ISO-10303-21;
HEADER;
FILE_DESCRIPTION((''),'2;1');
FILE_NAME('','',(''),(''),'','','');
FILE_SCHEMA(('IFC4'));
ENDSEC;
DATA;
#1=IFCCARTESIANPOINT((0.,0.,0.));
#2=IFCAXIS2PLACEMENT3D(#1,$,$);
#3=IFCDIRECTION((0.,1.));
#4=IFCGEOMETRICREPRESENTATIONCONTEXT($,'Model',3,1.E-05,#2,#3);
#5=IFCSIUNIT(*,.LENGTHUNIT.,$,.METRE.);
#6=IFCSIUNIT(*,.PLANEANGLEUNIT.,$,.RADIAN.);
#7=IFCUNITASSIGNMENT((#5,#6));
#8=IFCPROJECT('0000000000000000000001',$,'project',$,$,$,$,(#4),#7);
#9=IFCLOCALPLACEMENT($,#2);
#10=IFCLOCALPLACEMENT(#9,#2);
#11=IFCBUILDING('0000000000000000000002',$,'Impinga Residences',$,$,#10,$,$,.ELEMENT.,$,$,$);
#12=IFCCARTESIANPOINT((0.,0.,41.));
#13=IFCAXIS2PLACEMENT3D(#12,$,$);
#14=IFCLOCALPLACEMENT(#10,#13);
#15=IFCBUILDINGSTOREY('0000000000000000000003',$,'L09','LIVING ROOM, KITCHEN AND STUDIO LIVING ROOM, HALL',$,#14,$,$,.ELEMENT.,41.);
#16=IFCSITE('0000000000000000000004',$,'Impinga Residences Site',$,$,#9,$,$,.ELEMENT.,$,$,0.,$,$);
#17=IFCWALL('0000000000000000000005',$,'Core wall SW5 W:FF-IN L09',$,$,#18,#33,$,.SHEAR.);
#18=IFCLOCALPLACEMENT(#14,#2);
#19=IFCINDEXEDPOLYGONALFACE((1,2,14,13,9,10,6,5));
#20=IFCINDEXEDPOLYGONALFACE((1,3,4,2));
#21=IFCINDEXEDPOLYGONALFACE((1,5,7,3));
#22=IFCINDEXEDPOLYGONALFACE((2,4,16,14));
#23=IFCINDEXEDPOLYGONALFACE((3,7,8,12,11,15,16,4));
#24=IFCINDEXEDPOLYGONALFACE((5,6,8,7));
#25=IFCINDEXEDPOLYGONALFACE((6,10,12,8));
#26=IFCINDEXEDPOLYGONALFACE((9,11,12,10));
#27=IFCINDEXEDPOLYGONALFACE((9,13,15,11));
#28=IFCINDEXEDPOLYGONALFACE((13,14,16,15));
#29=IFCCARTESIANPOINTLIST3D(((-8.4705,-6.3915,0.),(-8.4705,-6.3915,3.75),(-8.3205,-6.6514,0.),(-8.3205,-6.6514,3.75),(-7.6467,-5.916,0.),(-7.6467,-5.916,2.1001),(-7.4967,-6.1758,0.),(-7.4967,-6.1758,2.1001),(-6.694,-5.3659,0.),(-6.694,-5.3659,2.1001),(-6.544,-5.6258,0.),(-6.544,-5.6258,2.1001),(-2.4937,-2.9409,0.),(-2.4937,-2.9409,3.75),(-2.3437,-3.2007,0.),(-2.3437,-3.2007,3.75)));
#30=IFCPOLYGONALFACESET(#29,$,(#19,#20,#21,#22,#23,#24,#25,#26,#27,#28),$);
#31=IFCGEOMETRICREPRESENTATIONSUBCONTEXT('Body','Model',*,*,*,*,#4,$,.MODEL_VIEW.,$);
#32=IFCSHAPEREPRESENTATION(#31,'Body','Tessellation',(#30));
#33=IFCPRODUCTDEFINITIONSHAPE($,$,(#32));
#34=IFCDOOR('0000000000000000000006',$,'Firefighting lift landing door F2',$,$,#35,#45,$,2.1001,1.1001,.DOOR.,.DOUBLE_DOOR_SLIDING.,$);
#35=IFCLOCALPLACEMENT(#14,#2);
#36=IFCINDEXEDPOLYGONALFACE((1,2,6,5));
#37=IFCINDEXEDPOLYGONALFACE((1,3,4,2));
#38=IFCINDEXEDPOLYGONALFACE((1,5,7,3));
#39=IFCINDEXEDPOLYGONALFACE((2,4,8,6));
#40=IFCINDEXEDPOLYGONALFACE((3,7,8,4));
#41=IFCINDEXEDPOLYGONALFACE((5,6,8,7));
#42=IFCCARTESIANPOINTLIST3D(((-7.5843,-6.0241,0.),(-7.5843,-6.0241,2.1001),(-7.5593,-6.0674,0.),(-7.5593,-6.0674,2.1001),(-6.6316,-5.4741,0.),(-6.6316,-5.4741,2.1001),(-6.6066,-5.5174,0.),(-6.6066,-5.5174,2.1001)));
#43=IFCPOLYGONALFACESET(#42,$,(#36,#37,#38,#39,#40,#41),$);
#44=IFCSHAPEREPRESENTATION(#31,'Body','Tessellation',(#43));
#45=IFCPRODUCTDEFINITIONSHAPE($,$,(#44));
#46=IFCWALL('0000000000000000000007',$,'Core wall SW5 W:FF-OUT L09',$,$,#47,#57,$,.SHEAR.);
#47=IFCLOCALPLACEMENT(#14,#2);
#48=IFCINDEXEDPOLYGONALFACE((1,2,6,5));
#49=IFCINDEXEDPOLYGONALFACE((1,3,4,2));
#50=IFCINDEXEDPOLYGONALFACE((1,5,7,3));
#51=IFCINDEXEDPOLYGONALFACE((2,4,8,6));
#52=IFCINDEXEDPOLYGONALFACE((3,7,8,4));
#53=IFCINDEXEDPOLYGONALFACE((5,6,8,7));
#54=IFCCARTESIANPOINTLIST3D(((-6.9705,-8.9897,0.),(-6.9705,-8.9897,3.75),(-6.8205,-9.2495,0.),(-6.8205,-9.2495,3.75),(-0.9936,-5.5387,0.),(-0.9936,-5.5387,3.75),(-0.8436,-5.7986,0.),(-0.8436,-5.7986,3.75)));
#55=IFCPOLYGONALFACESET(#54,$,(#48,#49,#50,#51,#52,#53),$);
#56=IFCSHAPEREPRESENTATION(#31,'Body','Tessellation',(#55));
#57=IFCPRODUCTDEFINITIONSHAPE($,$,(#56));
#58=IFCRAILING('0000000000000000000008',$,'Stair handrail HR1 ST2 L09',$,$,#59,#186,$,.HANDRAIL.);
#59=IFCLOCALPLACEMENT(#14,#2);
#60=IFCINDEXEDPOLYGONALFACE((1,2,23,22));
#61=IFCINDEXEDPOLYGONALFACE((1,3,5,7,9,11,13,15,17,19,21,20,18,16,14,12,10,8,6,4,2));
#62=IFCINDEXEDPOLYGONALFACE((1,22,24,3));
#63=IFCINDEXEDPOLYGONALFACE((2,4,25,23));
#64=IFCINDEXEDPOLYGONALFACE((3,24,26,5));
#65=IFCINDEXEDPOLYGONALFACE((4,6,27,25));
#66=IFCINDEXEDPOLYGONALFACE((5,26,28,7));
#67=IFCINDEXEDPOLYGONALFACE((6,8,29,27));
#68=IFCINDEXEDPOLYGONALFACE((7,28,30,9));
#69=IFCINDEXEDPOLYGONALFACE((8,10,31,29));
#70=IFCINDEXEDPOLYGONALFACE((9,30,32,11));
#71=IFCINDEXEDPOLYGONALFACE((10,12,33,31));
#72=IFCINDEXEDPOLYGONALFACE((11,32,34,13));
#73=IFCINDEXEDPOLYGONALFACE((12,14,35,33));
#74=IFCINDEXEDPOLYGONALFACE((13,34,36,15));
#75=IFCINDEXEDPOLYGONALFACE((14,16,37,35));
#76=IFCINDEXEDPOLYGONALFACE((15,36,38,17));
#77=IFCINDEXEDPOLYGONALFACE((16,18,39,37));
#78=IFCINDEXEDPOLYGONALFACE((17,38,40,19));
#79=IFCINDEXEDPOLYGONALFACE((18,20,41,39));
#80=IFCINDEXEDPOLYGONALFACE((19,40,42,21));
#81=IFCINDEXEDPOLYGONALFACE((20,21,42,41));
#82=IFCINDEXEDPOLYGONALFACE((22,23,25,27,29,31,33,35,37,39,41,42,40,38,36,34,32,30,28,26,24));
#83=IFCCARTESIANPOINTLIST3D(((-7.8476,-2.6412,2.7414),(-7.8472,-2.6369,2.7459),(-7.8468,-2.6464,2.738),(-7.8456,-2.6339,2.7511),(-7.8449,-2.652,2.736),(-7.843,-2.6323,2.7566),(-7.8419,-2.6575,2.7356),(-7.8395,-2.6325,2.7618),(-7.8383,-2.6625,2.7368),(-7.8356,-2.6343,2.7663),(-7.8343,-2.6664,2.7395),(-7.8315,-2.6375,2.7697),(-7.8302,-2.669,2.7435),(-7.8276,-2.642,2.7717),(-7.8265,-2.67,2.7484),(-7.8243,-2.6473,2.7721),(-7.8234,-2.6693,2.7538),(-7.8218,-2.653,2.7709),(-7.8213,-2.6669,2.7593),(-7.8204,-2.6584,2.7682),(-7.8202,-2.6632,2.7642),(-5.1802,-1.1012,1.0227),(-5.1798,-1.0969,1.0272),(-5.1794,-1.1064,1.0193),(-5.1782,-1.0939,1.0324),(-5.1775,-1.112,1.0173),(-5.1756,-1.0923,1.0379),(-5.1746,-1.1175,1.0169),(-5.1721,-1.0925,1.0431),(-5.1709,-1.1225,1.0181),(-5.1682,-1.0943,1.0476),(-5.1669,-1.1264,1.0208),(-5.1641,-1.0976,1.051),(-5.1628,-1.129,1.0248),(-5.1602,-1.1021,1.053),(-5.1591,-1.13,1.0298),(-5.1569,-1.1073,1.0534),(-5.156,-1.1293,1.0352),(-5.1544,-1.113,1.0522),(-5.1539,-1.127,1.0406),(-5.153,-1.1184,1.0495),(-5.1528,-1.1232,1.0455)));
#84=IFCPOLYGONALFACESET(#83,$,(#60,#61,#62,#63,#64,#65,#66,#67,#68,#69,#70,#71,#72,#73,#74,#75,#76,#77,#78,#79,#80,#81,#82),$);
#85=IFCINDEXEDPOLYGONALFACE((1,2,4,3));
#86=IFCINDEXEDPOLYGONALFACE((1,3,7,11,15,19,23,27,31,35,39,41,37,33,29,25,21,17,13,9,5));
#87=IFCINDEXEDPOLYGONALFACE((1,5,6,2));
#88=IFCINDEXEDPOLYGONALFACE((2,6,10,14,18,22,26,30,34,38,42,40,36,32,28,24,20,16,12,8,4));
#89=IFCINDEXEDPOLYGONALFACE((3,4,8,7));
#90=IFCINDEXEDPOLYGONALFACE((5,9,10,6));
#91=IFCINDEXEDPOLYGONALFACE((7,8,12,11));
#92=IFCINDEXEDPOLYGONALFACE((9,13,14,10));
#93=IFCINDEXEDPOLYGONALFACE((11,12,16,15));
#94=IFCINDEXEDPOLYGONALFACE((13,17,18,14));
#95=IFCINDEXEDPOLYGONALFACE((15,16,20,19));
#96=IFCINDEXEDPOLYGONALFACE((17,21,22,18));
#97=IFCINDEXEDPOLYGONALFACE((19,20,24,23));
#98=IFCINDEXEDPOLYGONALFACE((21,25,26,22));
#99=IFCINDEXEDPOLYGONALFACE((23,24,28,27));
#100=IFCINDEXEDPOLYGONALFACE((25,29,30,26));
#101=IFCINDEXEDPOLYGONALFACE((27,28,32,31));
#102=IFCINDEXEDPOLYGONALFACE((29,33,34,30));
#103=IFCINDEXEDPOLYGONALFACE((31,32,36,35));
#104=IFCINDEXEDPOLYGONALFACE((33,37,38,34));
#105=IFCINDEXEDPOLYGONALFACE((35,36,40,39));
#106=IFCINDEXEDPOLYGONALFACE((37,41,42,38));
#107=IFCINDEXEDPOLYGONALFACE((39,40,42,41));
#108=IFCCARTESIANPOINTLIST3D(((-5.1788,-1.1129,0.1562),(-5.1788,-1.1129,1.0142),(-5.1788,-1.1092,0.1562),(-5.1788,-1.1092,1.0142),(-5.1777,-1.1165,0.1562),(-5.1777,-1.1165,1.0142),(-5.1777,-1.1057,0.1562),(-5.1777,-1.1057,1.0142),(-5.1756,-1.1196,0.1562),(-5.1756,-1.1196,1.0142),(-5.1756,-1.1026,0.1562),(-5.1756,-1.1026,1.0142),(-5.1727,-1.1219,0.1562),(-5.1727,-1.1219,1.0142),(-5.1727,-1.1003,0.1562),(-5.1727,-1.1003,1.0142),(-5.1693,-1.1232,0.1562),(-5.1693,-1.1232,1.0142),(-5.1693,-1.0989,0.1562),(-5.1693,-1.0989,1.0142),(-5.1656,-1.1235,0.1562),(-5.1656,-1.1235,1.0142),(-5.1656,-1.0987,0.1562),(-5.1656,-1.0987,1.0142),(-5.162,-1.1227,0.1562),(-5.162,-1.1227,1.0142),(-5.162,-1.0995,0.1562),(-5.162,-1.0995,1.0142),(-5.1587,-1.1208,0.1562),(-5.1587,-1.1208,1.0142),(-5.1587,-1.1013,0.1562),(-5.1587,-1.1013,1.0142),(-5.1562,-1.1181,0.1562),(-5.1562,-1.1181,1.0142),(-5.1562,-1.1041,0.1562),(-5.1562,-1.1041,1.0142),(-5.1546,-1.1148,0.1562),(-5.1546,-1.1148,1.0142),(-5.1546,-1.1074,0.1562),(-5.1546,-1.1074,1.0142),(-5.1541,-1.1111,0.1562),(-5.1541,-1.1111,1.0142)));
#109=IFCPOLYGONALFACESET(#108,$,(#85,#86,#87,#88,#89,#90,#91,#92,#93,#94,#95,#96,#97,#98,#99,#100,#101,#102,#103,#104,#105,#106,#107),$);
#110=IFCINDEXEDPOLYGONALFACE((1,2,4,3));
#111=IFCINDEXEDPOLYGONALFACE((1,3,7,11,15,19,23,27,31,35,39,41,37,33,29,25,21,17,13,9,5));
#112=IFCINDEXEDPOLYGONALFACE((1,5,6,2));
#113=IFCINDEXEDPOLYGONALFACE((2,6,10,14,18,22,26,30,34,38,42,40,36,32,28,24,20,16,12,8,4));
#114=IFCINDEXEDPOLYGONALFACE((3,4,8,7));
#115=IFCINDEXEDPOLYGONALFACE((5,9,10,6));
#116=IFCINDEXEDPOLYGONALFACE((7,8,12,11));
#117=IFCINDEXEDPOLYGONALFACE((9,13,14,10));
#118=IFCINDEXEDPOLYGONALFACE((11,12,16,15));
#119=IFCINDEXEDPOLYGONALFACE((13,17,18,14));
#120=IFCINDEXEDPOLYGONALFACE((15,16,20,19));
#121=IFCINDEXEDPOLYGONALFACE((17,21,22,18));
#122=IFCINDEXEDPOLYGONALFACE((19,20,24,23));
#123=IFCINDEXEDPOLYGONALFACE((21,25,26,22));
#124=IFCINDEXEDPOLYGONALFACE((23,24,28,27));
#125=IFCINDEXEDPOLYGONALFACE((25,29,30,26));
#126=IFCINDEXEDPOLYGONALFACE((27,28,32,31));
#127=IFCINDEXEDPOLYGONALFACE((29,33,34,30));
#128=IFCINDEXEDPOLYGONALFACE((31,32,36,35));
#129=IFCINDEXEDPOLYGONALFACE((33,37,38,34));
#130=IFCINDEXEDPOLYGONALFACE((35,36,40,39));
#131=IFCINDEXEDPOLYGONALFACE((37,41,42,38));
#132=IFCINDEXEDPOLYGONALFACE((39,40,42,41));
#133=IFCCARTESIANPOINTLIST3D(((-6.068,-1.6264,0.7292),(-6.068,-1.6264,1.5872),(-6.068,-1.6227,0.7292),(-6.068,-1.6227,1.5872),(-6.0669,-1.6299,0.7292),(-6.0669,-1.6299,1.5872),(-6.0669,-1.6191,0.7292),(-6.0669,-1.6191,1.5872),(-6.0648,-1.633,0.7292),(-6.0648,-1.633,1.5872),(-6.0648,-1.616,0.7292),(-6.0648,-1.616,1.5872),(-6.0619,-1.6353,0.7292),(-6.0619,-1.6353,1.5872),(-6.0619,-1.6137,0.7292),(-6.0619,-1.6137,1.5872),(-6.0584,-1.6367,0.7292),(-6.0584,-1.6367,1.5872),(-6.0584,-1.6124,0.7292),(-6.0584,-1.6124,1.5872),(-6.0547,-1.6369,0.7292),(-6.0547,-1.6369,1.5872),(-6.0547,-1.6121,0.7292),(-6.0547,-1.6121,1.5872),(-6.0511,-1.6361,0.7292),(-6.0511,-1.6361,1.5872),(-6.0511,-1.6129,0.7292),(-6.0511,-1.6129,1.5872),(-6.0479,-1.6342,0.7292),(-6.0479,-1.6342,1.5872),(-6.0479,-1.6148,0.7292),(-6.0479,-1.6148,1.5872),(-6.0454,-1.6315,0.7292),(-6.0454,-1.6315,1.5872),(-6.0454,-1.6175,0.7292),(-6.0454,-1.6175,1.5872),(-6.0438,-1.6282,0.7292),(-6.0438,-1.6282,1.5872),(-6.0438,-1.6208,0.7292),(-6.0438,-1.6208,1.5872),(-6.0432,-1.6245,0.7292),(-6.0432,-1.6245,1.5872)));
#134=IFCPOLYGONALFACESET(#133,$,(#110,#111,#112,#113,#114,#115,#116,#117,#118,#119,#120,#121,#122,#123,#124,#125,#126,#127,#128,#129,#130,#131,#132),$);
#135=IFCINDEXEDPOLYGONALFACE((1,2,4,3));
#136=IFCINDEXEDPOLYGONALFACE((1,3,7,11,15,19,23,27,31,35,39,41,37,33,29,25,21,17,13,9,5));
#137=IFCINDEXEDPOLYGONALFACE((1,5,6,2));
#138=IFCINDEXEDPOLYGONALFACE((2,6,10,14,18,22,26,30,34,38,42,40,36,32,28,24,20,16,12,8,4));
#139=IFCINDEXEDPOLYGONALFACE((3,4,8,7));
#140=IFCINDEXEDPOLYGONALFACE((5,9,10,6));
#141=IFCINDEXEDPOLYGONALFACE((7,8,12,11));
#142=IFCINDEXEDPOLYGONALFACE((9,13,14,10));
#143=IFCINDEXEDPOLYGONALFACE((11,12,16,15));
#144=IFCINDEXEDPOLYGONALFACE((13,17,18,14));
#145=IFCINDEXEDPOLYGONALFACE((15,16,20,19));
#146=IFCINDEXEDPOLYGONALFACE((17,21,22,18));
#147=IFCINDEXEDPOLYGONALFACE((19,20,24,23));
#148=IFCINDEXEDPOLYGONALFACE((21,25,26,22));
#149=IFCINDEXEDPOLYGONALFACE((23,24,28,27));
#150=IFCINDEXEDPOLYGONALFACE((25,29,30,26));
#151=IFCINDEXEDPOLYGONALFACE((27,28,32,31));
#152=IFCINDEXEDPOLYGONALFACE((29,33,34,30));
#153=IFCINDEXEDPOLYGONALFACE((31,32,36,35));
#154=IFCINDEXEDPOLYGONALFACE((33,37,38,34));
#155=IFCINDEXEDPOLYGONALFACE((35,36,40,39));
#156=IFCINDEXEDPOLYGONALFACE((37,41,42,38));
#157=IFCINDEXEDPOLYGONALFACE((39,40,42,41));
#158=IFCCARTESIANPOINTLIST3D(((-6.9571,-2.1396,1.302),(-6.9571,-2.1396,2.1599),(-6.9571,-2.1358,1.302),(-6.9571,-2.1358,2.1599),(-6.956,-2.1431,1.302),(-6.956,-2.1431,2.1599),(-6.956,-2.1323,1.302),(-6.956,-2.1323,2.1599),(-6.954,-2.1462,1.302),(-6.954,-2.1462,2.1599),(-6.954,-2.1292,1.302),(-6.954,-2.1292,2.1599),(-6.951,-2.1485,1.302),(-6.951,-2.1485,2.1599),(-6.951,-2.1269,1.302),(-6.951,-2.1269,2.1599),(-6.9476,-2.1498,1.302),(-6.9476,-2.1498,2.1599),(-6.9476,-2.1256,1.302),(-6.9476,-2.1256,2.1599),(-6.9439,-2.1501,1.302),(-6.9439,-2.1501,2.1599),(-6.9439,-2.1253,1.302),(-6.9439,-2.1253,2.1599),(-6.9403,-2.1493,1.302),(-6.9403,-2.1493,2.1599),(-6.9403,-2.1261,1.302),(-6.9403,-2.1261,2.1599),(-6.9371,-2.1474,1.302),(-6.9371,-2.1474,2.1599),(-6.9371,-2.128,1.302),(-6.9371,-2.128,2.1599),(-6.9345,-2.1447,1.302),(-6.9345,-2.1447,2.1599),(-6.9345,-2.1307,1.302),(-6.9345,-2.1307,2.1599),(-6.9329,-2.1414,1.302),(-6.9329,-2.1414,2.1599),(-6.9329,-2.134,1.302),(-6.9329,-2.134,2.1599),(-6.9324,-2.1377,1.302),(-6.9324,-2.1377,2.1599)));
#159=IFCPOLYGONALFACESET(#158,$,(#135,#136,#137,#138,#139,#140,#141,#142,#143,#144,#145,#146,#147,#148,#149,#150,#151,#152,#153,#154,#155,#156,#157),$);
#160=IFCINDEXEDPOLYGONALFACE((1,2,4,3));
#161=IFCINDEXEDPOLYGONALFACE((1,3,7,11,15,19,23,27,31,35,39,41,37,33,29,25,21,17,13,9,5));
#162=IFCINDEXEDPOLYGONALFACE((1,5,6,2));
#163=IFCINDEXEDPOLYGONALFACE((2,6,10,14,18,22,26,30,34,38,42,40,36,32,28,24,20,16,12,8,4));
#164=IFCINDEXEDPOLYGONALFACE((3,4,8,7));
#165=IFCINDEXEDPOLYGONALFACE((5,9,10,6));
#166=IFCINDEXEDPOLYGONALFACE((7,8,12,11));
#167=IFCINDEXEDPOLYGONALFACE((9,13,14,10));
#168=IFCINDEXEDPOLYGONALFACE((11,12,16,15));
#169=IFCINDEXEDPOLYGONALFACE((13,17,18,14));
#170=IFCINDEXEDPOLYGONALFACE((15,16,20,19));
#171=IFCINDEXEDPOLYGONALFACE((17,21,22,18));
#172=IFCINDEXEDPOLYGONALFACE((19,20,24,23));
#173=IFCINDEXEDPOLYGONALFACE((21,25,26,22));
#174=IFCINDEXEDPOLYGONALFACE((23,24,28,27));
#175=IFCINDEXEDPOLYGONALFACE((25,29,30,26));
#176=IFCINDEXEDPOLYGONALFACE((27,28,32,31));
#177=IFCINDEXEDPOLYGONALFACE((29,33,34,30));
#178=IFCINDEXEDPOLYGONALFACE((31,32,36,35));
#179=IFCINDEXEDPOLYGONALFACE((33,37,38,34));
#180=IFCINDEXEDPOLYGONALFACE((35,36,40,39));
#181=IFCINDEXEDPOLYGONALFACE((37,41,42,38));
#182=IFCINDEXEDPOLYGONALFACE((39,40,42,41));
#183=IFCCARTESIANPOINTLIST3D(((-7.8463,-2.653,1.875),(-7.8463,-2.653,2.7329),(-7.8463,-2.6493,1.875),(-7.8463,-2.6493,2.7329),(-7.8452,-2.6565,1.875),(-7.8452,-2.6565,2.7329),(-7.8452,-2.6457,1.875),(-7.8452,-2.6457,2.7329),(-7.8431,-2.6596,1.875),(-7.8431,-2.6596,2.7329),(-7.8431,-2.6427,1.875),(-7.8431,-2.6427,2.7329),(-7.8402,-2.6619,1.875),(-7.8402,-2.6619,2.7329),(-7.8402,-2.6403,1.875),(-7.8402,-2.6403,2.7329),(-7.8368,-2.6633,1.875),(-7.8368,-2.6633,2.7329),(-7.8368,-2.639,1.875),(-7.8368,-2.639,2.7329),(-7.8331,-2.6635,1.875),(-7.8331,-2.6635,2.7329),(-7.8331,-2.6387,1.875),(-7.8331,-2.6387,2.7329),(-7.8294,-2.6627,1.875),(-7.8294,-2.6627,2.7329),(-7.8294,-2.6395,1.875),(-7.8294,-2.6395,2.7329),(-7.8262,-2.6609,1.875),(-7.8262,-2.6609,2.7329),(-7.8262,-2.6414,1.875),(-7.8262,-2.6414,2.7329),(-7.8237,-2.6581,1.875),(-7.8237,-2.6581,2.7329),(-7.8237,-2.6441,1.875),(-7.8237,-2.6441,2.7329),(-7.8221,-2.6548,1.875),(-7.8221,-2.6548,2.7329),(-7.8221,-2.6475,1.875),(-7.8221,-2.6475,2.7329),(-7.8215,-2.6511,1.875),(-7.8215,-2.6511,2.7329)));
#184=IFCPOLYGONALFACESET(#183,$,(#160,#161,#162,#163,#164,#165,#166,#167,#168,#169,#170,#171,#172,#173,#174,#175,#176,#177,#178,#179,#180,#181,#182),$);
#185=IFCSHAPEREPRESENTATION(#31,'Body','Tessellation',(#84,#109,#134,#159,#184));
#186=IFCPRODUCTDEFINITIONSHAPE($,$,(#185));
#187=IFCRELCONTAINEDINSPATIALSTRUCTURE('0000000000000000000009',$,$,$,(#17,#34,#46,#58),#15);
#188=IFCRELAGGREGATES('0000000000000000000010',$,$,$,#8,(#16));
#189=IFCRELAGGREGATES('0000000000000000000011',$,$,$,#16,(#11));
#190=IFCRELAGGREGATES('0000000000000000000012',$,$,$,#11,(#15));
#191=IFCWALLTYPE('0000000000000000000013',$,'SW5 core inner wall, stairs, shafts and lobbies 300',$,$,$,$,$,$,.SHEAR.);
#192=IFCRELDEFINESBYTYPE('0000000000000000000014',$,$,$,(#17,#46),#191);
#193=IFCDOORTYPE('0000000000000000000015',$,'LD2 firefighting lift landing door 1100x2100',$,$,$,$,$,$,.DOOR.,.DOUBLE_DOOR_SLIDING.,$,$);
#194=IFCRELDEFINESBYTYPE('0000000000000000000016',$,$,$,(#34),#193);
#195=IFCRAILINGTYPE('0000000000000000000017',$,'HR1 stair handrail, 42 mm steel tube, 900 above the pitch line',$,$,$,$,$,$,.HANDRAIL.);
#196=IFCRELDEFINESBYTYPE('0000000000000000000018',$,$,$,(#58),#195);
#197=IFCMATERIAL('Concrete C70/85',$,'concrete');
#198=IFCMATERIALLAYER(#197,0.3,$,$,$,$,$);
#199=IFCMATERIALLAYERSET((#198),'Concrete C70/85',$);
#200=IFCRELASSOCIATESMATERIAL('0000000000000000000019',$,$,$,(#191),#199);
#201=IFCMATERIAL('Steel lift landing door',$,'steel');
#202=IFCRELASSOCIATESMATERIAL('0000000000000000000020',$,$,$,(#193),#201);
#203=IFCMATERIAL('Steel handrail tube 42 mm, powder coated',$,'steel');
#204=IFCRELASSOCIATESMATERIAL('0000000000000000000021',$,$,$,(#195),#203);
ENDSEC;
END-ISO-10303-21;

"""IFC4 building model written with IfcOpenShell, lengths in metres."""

from ifc_helpers import new_model, si_unit, direction, frame, frame_2d, origin, origin_2d, place, context, subcontext, project, spatial, rectangle, circle, extrude, material, layer, layer_set, type_object, element, fill, save


model = new_model("IFC4")

# Units and contexts
model_context = context("Model", 3, precision=1e-05, world=origin(), true_north=direction((0.0, 1.0)))
body_context = subcontext(model_context, "Body", "Model", "MODEL_VIEW")
ifc_project = project(units=[si_unit("LENGTHUNIT", "METRE"), si_unit("PLANEANGLEUNIT", "RADIAN")], contexts=[model_context])

# Site, building, storey
site_placement = place(None, origin())
site = spatial("IfcSite", under=ifc_project, at=site_placement, Name="Impinga Residences Site", CompositionType="ELEMENT", RefElevation=0.0)
building_placement = place(site_placement, origin())
building = spatial("IfcBuilding", under=site, at=building_placement, Name="Impinga Residences", CompositionType="ELEMENT")
storey_placement = place(building_placement, frame((0.0, 0.0, 41.0)))
storey = spatial("IfcBuildingStorey", under=building, at=storey_placement, Name="L09", Description="LIVING ROOM, KITCHEN AND STUDIO LIVING ROOM, HALL", CompositionType="ELEMENT", Elevation=41.0)

# Shared definitions
ifc_material_1 = material(Name="Concrete C70/85", Category="concrete")

# Shared definitions
ifc_layer_1 = layer(ifc_material_1, 0.3)
ifc_layer_set_1 = layer_set([ifc_layer_1], Name="Concrete C70/85")
wall_type_1 = type_object("IfcWallType", Name="SW5 core inner wall, stairs, shafts and lobbies 300", PredefinedType="SHEAR", material=ifc_layer_set_1)

# Wall, opening, door
wall_1_placement = place(storey_placement, frame((-2.4187, -3.0708, 0.0), z_axis=(0.0, 0.0, 1.0), x_axis=(-0.866027, -0.499997, 0.0)))
wall_1 = element("IfcWall", 1, at=wall_1_placement, inside=storey, type_object=wall_type_1, Name="Core wall SW5 W:FF-IN L09", PredefinedType="SHEAR", context=body_context, shape_type="SweptSolid", body=[
    extrude(rectangle(XDim=6.9014, YDim=0.3, at=frame_2d((3.4507, 0.0))), origin(), (0.0, 0.0, 1.0), 3.75),
])
opening_1_placement = place(wall_1_placement, frame((4.8501, 0.0, 0.0)))
opening_1 = element("IfcOpeningElement", 2, at=opening_1_placement, cuts=wall_1, PredefinedType="OPENING", context=body_context, shape_type="SweptSolid", body=[
    extrude(rectangle(XDim=1.1001, YDim=2.1001, at=frame_2d((0.55, 1.05))), frame((0.0, 0.1599, 0.0), z_axis=(0.0, -1.0, 0.0), x_axis=(1.0, 0.0, 0.0)), (0.0, 0.0, 1.0), 0.3201),
])
ifc_material_2 = material(Name="Steel lift landing door", Category="steel")
door_type_1 = type_object("IfcDoorType", Name="LD2 firefighting lift landing door 1100x2100", OperationType="DOUBLE_DOOR_SLIDING", PredefinedType="DOOR", material=ifc_material_2)
door_1_placement = place(opening_1_placement, origin())
door_1 = element("IfcDoor", 3, at=door_1_placement, inside=storey, type_object=door_type_1, Name="Firefighting lift landing door F2", OperationType="DOUBLE_DOOR_SLIDING", OverallHeight=2.1001, OverallWidth=1.1001, PredefinedType="DOOR", context=body_context, shape_type="SweptSolid", body=[
    extrude(rectangle(XDim=1.1001, YDim=2.1001, at=frame_2d((0.55, 1.05))), frame((0.0, 0.0249, 0.0), z_axis=(0.0, -1.0, 0.0), x_axis=(1.0, 0.0, 0.0)), (0.0, 0.0, 1.0), 0.05),
])
fill(opening_1, door_1)

# Wall
wall_2_placement = place(storey_placement, frame((-0.9187, -5.6687, 0.0), z_axis=(0.0, 0.0, 1.0), x_axis=(-0.866012, -0.500024, 0.0)))
element("IfcWall", 4, at=wall_2_placement, inside=storey, type_object=wall_type_1, Name="Core wall SW5 W:FF-OUT L09", PredefinedType="SHEAR", context=body_context, shape_type="SweptSolid", body=[
    extrude(rectangle(XDim=6.9016, YDim=0.3, at=frame_2d((3.4507, 0.0))), origin(), (0.0, 0.0, 1.0), 3.75),
])

# Railing
ifc_material_3 = material(Name="Steel handrail tube 42 mm, powder coated", Category="steel")
railing_type = type_object("IfcRailingType", Name="HR1 stair handrail, 42 mm steel tube, 900 above the pitch line", PredefinedType="HANDRAIL", material=ifc_material_3)
railing_placement = place(storey_placement, frame((-5.1665, -1.1111, 0.1562)))
element("IfcRailing", 5, at=railing_placement, inside=storey, type_object=railing_type, Name="Stair handrail HR1 ST2 L09", PredefinedType="HANDRAIL", context=body_context, shape_type="SweptSolid", body=[
    extrude(circle(Radius=0.021, at=origin_2d()), frame((0.0, 0.0, 0.8789), z_axis=(-0.756256, -0.436616, 0.487282), x_axis=(0.499992, -0.86603, 0.0)), (0.0, 0.0, 1.0), 3.5271),
    extrude(circle(Radius=0.0125, at=origin_2d()), origin(), (0.0, 0.0, 1.0), 0.8579),
    extrude(circle(Radius=0.0125, at=origin_2d()), frame((-0.8892, -0.5134, 0.573)), (0.0, 0.0, 1.0), 0.8579),
    extrude(circle(Radius=0.0125, at=origin_2d()), frame((-1.7783, -1.0266, 1.1458)), (0.0, 0.0, 1.0), 0.8579),
    extrude(circle(Radius=0.0125, at=origin_2d()), frame((-2.6675, -1.54, 1.7188)), (0.0, 0.0, 1.0), 0.8579),
])

save(model, "model.ifc")
